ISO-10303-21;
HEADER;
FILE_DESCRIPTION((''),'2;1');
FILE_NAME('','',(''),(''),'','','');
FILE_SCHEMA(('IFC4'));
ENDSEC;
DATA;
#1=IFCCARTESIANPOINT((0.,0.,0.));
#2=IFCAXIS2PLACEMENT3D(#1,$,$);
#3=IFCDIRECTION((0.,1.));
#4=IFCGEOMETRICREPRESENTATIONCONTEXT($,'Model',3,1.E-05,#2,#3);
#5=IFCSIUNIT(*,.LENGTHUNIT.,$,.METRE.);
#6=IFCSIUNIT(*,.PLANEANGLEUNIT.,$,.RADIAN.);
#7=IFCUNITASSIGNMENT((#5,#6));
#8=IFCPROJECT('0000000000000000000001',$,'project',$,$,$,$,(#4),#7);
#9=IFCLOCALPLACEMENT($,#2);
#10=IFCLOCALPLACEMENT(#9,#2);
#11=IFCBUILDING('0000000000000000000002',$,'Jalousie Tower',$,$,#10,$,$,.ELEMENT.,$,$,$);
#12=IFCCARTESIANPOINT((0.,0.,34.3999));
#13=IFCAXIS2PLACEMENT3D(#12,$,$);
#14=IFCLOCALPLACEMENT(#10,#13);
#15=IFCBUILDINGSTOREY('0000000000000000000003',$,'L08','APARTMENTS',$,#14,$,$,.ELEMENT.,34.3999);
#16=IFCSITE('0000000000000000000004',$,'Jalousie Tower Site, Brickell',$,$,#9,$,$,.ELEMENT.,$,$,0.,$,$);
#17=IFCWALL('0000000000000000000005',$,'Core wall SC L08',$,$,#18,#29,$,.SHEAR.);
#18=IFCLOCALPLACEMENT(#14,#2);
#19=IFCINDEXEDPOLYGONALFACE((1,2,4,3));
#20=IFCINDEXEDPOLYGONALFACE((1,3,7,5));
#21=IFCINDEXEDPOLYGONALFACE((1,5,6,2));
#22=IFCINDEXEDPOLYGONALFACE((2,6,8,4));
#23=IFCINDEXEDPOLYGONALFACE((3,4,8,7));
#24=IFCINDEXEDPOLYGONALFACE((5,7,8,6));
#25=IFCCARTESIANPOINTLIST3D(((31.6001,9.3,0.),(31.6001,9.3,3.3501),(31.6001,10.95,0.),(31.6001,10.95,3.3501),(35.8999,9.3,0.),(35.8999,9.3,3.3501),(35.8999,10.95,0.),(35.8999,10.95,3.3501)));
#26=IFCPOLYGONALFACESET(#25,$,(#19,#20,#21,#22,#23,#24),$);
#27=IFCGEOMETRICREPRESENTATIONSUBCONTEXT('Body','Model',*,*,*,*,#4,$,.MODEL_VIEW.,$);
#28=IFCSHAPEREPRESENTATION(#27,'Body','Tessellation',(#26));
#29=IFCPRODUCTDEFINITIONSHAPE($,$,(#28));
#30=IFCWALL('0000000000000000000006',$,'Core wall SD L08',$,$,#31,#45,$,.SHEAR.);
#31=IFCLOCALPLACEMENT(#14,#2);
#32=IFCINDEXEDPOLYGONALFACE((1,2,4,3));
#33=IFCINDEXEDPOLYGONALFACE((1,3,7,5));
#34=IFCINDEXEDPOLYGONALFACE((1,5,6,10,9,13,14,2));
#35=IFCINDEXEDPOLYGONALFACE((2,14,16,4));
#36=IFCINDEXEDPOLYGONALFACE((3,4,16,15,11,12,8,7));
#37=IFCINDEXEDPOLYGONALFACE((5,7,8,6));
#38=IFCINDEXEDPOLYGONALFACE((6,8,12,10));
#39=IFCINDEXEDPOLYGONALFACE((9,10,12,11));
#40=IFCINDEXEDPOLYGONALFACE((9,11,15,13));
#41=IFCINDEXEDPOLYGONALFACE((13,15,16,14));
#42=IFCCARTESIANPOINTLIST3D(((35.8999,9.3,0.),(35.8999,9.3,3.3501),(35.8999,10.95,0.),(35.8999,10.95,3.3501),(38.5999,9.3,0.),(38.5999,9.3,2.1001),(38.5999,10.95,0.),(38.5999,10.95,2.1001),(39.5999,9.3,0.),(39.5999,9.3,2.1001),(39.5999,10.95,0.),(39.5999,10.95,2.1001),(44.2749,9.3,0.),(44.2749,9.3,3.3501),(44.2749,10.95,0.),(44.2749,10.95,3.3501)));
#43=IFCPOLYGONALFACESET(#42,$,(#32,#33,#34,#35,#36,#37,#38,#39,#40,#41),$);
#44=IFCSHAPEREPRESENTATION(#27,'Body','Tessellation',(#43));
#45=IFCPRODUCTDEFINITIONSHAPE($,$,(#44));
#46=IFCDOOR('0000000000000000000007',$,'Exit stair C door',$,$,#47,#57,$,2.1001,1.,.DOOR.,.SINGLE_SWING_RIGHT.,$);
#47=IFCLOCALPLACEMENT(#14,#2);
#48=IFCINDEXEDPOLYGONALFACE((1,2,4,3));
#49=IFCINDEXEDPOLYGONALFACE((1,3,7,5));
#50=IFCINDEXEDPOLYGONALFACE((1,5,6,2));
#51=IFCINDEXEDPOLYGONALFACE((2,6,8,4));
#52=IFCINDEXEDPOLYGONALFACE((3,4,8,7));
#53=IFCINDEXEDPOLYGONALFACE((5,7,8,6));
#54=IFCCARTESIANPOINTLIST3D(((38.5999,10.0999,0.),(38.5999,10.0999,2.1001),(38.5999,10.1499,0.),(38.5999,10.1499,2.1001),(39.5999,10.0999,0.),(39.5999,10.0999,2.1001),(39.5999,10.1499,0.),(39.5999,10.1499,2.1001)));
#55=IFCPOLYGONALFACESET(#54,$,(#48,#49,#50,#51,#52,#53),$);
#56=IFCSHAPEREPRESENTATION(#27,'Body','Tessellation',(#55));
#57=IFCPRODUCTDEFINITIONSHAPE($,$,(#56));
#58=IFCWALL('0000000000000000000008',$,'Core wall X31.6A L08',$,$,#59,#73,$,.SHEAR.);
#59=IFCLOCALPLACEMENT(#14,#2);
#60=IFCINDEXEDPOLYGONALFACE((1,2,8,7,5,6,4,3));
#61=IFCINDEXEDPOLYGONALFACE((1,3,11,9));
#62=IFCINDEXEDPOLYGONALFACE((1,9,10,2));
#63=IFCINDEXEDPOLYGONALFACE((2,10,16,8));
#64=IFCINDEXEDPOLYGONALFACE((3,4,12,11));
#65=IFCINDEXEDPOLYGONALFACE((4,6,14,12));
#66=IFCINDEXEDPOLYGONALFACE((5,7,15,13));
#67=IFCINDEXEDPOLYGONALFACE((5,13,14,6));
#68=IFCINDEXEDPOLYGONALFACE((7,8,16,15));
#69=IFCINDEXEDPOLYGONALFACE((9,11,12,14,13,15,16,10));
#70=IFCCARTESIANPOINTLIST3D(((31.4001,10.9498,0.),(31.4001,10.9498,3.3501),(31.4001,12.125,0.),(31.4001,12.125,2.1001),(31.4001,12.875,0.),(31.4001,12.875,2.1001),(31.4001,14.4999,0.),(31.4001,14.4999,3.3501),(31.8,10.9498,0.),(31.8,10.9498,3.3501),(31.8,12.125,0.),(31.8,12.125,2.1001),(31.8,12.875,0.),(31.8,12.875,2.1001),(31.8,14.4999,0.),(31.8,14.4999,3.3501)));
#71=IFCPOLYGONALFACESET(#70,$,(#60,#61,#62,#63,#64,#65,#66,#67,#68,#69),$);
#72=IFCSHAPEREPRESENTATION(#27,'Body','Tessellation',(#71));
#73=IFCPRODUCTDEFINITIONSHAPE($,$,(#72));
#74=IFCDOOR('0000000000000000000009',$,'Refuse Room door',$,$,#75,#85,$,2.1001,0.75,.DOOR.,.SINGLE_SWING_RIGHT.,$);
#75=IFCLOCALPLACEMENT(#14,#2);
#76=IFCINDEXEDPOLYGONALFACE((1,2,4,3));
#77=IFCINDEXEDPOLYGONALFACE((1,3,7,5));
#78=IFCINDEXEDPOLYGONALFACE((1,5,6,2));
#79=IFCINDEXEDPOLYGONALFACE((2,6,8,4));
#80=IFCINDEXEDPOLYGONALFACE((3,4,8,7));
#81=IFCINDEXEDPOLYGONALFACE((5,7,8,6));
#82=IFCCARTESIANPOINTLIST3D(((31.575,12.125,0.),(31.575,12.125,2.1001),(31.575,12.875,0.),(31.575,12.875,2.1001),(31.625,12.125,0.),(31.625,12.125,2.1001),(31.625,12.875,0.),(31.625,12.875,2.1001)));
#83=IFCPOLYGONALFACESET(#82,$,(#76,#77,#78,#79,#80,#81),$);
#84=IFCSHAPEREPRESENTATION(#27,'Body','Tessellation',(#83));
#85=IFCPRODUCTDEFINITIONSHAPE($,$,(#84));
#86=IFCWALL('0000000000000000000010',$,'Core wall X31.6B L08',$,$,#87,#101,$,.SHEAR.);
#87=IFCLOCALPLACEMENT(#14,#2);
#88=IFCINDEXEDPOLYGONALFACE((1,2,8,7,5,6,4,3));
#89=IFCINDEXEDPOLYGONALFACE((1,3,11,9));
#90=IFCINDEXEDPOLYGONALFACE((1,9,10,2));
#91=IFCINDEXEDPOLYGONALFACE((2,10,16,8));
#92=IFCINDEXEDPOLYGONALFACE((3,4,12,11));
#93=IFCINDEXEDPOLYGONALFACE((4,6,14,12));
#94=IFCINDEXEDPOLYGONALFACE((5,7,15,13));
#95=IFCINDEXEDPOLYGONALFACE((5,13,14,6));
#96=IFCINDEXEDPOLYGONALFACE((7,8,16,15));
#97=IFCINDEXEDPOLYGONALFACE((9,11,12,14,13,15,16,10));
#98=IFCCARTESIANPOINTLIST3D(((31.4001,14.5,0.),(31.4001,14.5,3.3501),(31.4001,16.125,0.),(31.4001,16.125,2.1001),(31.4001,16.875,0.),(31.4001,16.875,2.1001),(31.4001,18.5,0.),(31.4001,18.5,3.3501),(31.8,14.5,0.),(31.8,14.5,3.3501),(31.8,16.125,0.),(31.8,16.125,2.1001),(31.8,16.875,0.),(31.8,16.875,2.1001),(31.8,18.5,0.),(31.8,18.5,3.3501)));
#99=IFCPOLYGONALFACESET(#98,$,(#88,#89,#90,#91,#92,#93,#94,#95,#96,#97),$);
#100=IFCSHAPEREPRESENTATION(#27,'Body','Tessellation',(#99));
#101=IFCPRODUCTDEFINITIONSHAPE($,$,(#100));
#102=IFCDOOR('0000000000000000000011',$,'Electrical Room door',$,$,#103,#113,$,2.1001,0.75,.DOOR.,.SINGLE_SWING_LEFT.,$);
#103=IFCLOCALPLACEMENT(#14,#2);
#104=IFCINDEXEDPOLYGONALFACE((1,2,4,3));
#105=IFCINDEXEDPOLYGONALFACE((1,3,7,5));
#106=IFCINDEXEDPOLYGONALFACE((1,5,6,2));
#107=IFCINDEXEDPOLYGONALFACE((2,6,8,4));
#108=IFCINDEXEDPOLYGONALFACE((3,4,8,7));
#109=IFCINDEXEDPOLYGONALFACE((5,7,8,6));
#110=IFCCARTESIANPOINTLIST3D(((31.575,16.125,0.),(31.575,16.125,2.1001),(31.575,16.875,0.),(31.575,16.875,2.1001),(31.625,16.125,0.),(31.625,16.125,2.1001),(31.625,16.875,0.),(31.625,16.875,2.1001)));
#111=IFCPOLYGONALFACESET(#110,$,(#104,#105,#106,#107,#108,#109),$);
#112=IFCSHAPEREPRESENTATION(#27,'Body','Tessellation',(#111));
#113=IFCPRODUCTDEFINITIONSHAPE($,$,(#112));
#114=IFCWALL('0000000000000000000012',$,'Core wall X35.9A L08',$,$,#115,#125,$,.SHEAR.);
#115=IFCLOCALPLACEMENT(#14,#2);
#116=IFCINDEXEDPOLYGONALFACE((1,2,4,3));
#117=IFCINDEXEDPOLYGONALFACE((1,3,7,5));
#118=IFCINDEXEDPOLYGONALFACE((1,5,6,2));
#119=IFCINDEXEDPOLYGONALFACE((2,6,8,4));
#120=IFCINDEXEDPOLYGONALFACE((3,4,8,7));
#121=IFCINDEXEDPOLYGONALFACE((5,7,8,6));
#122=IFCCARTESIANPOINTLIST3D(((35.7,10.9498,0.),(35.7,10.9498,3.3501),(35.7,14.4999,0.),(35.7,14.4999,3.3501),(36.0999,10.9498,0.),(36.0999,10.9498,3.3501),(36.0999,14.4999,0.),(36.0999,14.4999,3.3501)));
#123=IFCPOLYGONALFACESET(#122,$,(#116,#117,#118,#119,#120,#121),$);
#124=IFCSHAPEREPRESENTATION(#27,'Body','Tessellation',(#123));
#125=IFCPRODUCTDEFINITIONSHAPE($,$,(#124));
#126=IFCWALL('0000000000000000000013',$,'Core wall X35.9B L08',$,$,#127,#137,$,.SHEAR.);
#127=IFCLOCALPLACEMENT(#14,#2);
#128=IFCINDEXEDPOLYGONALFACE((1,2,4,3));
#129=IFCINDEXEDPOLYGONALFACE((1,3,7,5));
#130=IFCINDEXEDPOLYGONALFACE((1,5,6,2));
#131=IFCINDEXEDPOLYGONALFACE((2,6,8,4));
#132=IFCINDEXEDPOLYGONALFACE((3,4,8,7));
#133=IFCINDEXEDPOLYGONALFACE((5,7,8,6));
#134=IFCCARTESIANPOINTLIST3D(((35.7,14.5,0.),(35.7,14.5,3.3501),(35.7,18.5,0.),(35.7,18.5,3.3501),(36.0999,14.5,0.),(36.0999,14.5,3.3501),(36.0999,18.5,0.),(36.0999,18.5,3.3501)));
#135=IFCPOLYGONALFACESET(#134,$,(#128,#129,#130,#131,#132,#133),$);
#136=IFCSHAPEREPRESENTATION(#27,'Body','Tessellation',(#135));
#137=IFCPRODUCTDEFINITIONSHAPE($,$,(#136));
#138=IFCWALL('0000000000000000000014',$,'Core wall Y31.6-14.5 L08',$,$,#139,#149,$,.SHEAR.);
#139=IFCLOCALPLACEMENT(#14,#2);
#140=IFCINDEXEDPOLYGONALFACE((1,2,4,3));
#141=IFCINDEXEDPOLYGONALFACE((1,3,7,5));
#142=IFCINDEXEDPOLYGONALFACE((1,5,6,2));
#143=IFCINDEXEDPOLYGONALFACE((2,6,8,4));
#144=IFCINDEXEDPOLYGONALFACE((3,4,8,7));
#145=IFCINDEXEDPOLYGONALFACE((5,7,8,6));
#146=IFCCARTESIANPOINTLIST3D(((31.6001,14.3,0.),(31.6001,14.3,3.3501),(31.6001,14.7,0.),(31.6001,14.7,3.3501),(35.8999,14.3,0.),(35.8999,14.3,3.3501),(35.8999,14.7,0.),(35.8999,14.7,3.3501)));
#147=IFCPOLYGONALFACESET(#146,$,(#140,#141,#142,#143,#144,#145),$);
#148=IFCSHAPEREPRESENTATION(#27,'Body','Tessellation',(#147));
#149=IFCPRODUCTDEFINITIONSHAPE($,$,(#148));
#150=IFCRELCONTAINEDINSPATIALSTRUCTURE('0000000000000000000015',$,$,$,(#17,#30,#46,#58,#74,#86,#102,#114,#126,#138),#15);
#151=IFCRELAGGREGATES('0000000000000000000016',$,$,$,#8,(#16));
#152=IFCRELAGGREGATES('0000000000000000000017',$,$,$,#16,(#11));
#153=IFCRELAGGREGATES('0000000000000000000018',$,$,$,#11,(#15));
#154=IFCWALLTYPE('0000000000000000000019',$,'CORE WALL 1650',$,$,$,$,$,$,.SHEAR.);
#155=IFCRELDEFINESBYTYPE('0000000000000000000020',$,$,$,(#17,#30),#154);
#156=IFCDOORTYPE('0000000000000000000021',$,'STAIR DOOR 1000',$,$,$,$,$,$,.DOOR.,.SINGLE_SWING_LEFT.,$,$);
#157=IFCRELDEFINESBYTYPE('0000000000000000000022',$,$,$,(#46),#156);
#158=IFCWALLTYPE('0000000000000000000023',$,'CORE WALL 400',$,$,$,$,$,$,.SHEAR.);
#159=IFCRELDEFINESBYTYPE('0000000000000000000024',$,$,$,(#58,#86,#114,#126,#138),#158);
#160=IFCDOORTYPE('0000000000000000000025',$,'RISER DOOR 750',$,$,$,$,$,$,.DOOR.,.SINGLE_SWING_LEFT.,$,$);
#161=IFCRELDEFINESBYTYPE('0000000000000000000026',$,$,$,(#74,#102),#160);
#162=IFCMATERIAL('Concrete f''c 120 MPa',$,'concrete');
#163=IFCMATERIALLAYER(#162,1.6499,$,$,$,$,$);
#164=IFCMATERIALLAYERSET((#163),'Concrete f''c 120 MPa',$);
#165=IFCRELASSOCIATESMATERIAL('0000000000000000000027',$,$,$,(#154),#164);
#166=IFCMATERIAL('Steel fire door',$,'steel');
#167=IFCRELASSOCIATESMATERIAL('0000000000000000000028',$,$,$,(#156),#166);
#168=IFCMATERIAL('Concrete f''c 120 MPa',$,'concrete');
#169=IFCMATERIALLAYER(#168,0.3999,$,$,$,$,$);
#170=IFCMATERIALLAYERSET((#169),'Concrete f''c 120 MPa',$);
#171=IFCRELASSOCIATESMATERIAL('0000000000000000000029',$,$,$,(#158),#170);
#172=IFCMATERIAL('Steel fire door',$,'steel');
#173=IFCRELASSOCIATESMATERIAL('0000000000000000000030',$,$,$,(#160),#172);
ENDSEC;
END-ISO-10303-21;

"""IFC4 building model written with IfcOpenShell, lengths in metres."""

from ifc_helpers import new_model, si_unit, direction, frame, frame_2d, origin, place, context, subcontext, project, spatial, rectangle, extrude, material, layer, layer_set, type_object, element, fill, save


model = new_model("IFC4")

# Units and contexts
model_context = context("Model", 3, precision=1e-05, world=origin(), true_north=direction((0.0, 1.0)))
body_context = subcontext(model_context, "Body", "Model", "MODEL_VIEW")
ifc_project = project(units=[si_unit("LENGTHUNIT", "METRE"), si_unit("PLANEANGLEUNIT", "RADIAN")], contexts=[model_context])

# Site, building, storey
site_placement = place(None, origin())
site = spatial("IfcSite", under=ifc_project, at=site_placement, Name="Jalousie Tower Site, Brickell", CompositionType="ELEMENT", RefElevation=0.0)
building_placement = place(site_placement, origin())
building = spatial("IfcBuilding", under=site, at=building_placement, Name="Jalousie Tower", CompositionType="ELEMENT")
storey_placement = place(building_placement, frame((0.0, 0.0, 34.3999)))
storey = spatial("IfcBuildingStorey", under=building, at=storey_placement, Name="L08", Description="APARTMENTS", CompositionType="ELEMENT", Elevation=34.3999)

# Wall
ifc_material_1 = material(Name="Concrete f'c 120 MPa", Category="concrete")
ifc_layer_1 = layer(ifc_material_1, 1.6499)
ifc_layer_set_1 = layer_set([ifc_layer_1], Name="Concrete f'c 120 MPa")
wall_type_1 = type_object("IfcWallType", Name="CORE WALL 1650", PredefinedType="SHEAR", material=ifc_layer_set_1)
wall_1_placement = place(storey_placement, frame((31.6001, 10.125, 0.0), z_axis=(0.0, 0.0, 1.0), x_axis=(1.0, 0.0, 0.0)))
element("IfcWall", 1, at=wall_1_placement, inside=storey, type_object=wall_type_1, Name="Core wall SC L08", PredefinedType="SHEAR", context=body_context, shape_type="SweptSolid", body=[
    extrude(rectangle(XDim=4.2998, YDim=1.6499, at=frame_2d((2.1499, 0.0))), origin(), (0.0, 0.0, 1.0), 3.3501),
])

# Walls, openings, doors
wall_2_placement = place(storey_placement, frame((35.8999, 10.125, 0.0), z_axis=(0.0, 0.0, 1.0), x_axis=(1.0, 0.0, 0.0)))
wall_2 = element("IfcWall", 2, at=wall_2_placement, inside=storey, type_object=wall_type_1, Name="Core wall SD L08", PredefinedType="SHEAR", context=body_context, shape_type="SweptSolid", body=[
    extrude(rectangle(XDim=8.375, YDim=1.6499, at=frame_2d((4.1875, 0.0))), origin(), (0.0, 0.0, 1.0), 3.3501),
])
opening_1_placement = place(wall_2_placement, frame((2.7, 0.0, 0.0)))
opening_1 = element("IfcOpeningElement", 3, at=opening_1_placement, cuts=wall_2, PredefinedType="OPENING", context=body_context, shape_type="SweptSolid", body=[
    extrude(rectangle(XDim=1.0, YDim=2.1001, at=frame_2d((0.5, 1.05))), frame((0.0, 0.835, 0.0), z_axis=(0.0, -1.0, 0.0), x_axis=(1.0, 0.0, 0.0)), (0.0, 0.0, 1.0), 1.6699),
])
ifc_material_2 = material(Name="Steel fire door", Category="steel")
door_type_1 = type_object("IfcDoorType", Name="STAIR DOOR 1000", OperationType="SINGLE_SWING_LEFT", PredefinedType="DOOR", material=ifc_material_2)
door_1_placement = place(opening_1_placement, origin())
door_1 = element("IfcDoor", 4, at=door_1_placement, inside=storey, type_object=door_type_1, Name="Exit stair C door", OperationType="SINGLE_SWING_RIGHT", OverallHeight=2.1001, OverallWidth=1.0, PredefinedType="DOOR", context=body_context, shape_type="SweptSolid", body=[
    extrude(rectangle(XDim=1.0, YDim=2.1001, at=frame_2d((0.5, 1.05))), frame((0.0, 0.0249, 0.0), z_axis=(0.0, -1.0, 0.0), x_axis=(1.0, 0.0, 0.0)), (0.0, 0.0, 1.0), 0.05),
])
fill(opening_1, door_1)
ifc_material_3 = material(Name="Concrete f'c 120 MPa", Category="concrete")
ifc_layer_2 = layer(ifc_material_3, 0.3999)
ifc_layer_set_2 = layer_set([ifc_layer_2], Name="Concrete f'c 120 MPa")
wall_type_2 = type_object("IfcWallType", Name="CORE WALL 400", PredefinedType="SHEAR", material=ifc_layer_set_2)
wall_3_placement = place(storey_placement, frame((31.6001, 10.95, 0.0), z_axis=(0.0, 0.0, 1.0), x_axis=(0.0, 1.0, 0.0)))
wall_3 = element("IfcWall", 5, at=wall_3_placement, inside=storey, type_object=wall_type_2, Name="Core wall X31.6A L08", PredefinedType="SHEAR", context=body_context, shape_type="SweptSolid", body=[
    extrude(rectangle(XDim=3.55, YDim=0.3999, at=frame_2d((1.7749, 0.0))), origin(), (0.0, 0.0, 1.0), 3.3501),
])
opening_2_placement = place(wall_3_placement, frame((1.175, 0.0, 0.0)))
opening_2 = element("IfcOpeningElement", 6, at=opening_2_placement, cuts=wall_3, PredefinedType="OPENING", context=body_context, shape_type="SweptSolid", body=[
    extrude(rectangle(XDim=0.75, YDim=2.1001, at=frame_2d((0.375, 1.05))), frame((0.0, 0.21, 0.0), z_axis=(0.0, -1.0, 0.0), x_axis=(1.0, 0.0, 0.0)), (0.0, 0.0, 1.0), 0.4199),
])
ifc_material_4 = material(Name="Steel fire door", Category="steel")
door_type_2 = type_object("IfcDoorType", Name="RISER DOOR 750", OperationType="SINGLE_SWING_LEFT", PredefinedType="DOOR", material=ifc_material_4)
door_2_placement = place(opening_2_placement, frame((0.75, 0.0, 0.0), z_axis=(0.0, 0.0, 1.0), x_axis=(-1.0, 0.0, 0.0)))
door_2 = element("IfcDoor", 7, at=door_2_placement, inside=storey, type_object=door_type_2, Name="Refuse Room door", OperationType="SINGLE_SWING_RIGHT", OverallHeight=2.1001, OverallWidth=0.75, PredefinedType="DOOR", context=body_context, shape_type="SweptSolid", body=[
    extrude(rectangle(XDim=0.75, YDim=2.1001, at=frame_2d((0.375, 1.05))), frame((0.0, 0.0249, 0.0), z_axis=(0.0, -1.0, 0.0), x_axis=(1.0, 0.0, 0.0)), (0.0, 0.0, 1.0), 0.05),
])
fill(opening_2, door_2)
wall_4_placement = place(storey_placement, frame((31.6001, 14.5, 0.0), z_axis=(0.0, 0.0, 1.0), x_axis=(0.0, 1.0, 0.0)))
wall_4 = element("IfcWall", 8, at=wall_4_placement, inside=storey, type_object=wall_type_2, Name="Core wall X31.6B L08", PredefinedType="SHEAR", context=body_context, shape_type="SweptSolid", body=[
    extrude(rectangle(XDim=4.0, YDim=0.3999, at=frame_2d((2.0, 0.0))), origin(), (0.0, 0.0, 1.0), 3.3501),
])
opening_3_placement = place(wall_4_placement, frame((1.625, 0.0, 0.0)))
opening_3 = element("IfcOpeningElement", 9, at=opening_3_placement, cuts=wall_4, PredefinedType="OPENING", context=body_context, shape_type="SweptSolid", body=[
    extrude(rectangle(XDim=0.75, YDim=2.1001, at=frame_2d((0.375, 1.05))), frame((0.0, 0.21, 0.0), z_axis=(0.0, -1.0, 0.0), x_axis=(1.0, 0.0, 0.0)), (0.0, 0.0, 1.0), 0.4199),
])
door_3_placement = place(opening_3_placement, frame((0.75, 0.0, 0.0), z_axis=(0.0, 0.0, 1.0), x_axis=(-1.0, 0.0, 0.0)))
door_3 = element("IfcDoor", 10, at=door_3_placement, inside=storey, type_object=door_type_2, Name="Electrical Room door", OperationType="SINGLE_SWING_LEFT", OverallHeight=2.1001, OverallWidth=0.75, PredefinedType="DOOR", context=body_context, shape_type="SweptSolid", body=[
    extrude(rectangle(XDim=0.75, YDim=2.1001, at=frame_2d((0.375, 1.05))), frame((0.0, 0.0249, 0.0), z_axis=(0.0, -1.0, 0.0), x_axis=(1.0, 0.0, 0.0)), (0.0, 0.0, 1.0), 0.05),
])
fill(opening_3, door_3)

# Walls
wall_5_placement = place(storey_placement, frame((35.8999, 10.95, 0.0), z_axis=(0.0, 0.0, 1.0), x_axis=(0.0, 1.0, 0.0)))
element("IfcWall", 11, at=wall_5_placement, inside=storey, type_object=wall_type_2, Name="Core wall X35.9A L08", PredefinedType="SHEAR", context=body_context, shape_type="SweptSolid", body=[
    extrude(rectangle(XDim=3.55, YDim=0.3999, at=frame_2d((1.7749, 0.0))), origin(), (0.0, 0.0, 1.0), 3.3501),
])
wall_6_placement = place(storey_placement, frame((35.8999, 14.5, 0.0), z_axis=(0.0, 0.0, 1.0), x_axis=(0.0, 1.0, 0.0)))
element("IfcWall", 12, at=wall_6_placement, inside=storey, type_object=wall_type_2, Name="Core wall X35.9B L08", PredefinedType="SHEAR", context=body_context, shape_type="SweptSolid", body=[
    extrude(rectangle(XDim=4.0, YDim=0.3999, at=frame_2d((2.0, 0.0))), origin(), (0.0, 0.0, 1.0), 3.3501),
])
wall_7_placement = place(storey_placement, frame((31.6001, 14.5, 0.0), z_axis=(0.0, 0.0, 1.0), x_axis=(1.0, 0.0, 0.0)))
element("IfcWall", 13, at=wall_7_placement, inside=storey, type_object=wall_type_2, Name="Core wall Y31.6-14.5 L08", PredefinedType="SHEAR", context=body_context, shape_type="SweptSolid", body=[
    extrude(rectangle(XDim=4.2998, YDim=0.3999, at=frame_2d((2.1499, 0.0))), origin(), (0.0, 0.0, 1.0), 3.3501),
])

save(model, "model.ifc")
